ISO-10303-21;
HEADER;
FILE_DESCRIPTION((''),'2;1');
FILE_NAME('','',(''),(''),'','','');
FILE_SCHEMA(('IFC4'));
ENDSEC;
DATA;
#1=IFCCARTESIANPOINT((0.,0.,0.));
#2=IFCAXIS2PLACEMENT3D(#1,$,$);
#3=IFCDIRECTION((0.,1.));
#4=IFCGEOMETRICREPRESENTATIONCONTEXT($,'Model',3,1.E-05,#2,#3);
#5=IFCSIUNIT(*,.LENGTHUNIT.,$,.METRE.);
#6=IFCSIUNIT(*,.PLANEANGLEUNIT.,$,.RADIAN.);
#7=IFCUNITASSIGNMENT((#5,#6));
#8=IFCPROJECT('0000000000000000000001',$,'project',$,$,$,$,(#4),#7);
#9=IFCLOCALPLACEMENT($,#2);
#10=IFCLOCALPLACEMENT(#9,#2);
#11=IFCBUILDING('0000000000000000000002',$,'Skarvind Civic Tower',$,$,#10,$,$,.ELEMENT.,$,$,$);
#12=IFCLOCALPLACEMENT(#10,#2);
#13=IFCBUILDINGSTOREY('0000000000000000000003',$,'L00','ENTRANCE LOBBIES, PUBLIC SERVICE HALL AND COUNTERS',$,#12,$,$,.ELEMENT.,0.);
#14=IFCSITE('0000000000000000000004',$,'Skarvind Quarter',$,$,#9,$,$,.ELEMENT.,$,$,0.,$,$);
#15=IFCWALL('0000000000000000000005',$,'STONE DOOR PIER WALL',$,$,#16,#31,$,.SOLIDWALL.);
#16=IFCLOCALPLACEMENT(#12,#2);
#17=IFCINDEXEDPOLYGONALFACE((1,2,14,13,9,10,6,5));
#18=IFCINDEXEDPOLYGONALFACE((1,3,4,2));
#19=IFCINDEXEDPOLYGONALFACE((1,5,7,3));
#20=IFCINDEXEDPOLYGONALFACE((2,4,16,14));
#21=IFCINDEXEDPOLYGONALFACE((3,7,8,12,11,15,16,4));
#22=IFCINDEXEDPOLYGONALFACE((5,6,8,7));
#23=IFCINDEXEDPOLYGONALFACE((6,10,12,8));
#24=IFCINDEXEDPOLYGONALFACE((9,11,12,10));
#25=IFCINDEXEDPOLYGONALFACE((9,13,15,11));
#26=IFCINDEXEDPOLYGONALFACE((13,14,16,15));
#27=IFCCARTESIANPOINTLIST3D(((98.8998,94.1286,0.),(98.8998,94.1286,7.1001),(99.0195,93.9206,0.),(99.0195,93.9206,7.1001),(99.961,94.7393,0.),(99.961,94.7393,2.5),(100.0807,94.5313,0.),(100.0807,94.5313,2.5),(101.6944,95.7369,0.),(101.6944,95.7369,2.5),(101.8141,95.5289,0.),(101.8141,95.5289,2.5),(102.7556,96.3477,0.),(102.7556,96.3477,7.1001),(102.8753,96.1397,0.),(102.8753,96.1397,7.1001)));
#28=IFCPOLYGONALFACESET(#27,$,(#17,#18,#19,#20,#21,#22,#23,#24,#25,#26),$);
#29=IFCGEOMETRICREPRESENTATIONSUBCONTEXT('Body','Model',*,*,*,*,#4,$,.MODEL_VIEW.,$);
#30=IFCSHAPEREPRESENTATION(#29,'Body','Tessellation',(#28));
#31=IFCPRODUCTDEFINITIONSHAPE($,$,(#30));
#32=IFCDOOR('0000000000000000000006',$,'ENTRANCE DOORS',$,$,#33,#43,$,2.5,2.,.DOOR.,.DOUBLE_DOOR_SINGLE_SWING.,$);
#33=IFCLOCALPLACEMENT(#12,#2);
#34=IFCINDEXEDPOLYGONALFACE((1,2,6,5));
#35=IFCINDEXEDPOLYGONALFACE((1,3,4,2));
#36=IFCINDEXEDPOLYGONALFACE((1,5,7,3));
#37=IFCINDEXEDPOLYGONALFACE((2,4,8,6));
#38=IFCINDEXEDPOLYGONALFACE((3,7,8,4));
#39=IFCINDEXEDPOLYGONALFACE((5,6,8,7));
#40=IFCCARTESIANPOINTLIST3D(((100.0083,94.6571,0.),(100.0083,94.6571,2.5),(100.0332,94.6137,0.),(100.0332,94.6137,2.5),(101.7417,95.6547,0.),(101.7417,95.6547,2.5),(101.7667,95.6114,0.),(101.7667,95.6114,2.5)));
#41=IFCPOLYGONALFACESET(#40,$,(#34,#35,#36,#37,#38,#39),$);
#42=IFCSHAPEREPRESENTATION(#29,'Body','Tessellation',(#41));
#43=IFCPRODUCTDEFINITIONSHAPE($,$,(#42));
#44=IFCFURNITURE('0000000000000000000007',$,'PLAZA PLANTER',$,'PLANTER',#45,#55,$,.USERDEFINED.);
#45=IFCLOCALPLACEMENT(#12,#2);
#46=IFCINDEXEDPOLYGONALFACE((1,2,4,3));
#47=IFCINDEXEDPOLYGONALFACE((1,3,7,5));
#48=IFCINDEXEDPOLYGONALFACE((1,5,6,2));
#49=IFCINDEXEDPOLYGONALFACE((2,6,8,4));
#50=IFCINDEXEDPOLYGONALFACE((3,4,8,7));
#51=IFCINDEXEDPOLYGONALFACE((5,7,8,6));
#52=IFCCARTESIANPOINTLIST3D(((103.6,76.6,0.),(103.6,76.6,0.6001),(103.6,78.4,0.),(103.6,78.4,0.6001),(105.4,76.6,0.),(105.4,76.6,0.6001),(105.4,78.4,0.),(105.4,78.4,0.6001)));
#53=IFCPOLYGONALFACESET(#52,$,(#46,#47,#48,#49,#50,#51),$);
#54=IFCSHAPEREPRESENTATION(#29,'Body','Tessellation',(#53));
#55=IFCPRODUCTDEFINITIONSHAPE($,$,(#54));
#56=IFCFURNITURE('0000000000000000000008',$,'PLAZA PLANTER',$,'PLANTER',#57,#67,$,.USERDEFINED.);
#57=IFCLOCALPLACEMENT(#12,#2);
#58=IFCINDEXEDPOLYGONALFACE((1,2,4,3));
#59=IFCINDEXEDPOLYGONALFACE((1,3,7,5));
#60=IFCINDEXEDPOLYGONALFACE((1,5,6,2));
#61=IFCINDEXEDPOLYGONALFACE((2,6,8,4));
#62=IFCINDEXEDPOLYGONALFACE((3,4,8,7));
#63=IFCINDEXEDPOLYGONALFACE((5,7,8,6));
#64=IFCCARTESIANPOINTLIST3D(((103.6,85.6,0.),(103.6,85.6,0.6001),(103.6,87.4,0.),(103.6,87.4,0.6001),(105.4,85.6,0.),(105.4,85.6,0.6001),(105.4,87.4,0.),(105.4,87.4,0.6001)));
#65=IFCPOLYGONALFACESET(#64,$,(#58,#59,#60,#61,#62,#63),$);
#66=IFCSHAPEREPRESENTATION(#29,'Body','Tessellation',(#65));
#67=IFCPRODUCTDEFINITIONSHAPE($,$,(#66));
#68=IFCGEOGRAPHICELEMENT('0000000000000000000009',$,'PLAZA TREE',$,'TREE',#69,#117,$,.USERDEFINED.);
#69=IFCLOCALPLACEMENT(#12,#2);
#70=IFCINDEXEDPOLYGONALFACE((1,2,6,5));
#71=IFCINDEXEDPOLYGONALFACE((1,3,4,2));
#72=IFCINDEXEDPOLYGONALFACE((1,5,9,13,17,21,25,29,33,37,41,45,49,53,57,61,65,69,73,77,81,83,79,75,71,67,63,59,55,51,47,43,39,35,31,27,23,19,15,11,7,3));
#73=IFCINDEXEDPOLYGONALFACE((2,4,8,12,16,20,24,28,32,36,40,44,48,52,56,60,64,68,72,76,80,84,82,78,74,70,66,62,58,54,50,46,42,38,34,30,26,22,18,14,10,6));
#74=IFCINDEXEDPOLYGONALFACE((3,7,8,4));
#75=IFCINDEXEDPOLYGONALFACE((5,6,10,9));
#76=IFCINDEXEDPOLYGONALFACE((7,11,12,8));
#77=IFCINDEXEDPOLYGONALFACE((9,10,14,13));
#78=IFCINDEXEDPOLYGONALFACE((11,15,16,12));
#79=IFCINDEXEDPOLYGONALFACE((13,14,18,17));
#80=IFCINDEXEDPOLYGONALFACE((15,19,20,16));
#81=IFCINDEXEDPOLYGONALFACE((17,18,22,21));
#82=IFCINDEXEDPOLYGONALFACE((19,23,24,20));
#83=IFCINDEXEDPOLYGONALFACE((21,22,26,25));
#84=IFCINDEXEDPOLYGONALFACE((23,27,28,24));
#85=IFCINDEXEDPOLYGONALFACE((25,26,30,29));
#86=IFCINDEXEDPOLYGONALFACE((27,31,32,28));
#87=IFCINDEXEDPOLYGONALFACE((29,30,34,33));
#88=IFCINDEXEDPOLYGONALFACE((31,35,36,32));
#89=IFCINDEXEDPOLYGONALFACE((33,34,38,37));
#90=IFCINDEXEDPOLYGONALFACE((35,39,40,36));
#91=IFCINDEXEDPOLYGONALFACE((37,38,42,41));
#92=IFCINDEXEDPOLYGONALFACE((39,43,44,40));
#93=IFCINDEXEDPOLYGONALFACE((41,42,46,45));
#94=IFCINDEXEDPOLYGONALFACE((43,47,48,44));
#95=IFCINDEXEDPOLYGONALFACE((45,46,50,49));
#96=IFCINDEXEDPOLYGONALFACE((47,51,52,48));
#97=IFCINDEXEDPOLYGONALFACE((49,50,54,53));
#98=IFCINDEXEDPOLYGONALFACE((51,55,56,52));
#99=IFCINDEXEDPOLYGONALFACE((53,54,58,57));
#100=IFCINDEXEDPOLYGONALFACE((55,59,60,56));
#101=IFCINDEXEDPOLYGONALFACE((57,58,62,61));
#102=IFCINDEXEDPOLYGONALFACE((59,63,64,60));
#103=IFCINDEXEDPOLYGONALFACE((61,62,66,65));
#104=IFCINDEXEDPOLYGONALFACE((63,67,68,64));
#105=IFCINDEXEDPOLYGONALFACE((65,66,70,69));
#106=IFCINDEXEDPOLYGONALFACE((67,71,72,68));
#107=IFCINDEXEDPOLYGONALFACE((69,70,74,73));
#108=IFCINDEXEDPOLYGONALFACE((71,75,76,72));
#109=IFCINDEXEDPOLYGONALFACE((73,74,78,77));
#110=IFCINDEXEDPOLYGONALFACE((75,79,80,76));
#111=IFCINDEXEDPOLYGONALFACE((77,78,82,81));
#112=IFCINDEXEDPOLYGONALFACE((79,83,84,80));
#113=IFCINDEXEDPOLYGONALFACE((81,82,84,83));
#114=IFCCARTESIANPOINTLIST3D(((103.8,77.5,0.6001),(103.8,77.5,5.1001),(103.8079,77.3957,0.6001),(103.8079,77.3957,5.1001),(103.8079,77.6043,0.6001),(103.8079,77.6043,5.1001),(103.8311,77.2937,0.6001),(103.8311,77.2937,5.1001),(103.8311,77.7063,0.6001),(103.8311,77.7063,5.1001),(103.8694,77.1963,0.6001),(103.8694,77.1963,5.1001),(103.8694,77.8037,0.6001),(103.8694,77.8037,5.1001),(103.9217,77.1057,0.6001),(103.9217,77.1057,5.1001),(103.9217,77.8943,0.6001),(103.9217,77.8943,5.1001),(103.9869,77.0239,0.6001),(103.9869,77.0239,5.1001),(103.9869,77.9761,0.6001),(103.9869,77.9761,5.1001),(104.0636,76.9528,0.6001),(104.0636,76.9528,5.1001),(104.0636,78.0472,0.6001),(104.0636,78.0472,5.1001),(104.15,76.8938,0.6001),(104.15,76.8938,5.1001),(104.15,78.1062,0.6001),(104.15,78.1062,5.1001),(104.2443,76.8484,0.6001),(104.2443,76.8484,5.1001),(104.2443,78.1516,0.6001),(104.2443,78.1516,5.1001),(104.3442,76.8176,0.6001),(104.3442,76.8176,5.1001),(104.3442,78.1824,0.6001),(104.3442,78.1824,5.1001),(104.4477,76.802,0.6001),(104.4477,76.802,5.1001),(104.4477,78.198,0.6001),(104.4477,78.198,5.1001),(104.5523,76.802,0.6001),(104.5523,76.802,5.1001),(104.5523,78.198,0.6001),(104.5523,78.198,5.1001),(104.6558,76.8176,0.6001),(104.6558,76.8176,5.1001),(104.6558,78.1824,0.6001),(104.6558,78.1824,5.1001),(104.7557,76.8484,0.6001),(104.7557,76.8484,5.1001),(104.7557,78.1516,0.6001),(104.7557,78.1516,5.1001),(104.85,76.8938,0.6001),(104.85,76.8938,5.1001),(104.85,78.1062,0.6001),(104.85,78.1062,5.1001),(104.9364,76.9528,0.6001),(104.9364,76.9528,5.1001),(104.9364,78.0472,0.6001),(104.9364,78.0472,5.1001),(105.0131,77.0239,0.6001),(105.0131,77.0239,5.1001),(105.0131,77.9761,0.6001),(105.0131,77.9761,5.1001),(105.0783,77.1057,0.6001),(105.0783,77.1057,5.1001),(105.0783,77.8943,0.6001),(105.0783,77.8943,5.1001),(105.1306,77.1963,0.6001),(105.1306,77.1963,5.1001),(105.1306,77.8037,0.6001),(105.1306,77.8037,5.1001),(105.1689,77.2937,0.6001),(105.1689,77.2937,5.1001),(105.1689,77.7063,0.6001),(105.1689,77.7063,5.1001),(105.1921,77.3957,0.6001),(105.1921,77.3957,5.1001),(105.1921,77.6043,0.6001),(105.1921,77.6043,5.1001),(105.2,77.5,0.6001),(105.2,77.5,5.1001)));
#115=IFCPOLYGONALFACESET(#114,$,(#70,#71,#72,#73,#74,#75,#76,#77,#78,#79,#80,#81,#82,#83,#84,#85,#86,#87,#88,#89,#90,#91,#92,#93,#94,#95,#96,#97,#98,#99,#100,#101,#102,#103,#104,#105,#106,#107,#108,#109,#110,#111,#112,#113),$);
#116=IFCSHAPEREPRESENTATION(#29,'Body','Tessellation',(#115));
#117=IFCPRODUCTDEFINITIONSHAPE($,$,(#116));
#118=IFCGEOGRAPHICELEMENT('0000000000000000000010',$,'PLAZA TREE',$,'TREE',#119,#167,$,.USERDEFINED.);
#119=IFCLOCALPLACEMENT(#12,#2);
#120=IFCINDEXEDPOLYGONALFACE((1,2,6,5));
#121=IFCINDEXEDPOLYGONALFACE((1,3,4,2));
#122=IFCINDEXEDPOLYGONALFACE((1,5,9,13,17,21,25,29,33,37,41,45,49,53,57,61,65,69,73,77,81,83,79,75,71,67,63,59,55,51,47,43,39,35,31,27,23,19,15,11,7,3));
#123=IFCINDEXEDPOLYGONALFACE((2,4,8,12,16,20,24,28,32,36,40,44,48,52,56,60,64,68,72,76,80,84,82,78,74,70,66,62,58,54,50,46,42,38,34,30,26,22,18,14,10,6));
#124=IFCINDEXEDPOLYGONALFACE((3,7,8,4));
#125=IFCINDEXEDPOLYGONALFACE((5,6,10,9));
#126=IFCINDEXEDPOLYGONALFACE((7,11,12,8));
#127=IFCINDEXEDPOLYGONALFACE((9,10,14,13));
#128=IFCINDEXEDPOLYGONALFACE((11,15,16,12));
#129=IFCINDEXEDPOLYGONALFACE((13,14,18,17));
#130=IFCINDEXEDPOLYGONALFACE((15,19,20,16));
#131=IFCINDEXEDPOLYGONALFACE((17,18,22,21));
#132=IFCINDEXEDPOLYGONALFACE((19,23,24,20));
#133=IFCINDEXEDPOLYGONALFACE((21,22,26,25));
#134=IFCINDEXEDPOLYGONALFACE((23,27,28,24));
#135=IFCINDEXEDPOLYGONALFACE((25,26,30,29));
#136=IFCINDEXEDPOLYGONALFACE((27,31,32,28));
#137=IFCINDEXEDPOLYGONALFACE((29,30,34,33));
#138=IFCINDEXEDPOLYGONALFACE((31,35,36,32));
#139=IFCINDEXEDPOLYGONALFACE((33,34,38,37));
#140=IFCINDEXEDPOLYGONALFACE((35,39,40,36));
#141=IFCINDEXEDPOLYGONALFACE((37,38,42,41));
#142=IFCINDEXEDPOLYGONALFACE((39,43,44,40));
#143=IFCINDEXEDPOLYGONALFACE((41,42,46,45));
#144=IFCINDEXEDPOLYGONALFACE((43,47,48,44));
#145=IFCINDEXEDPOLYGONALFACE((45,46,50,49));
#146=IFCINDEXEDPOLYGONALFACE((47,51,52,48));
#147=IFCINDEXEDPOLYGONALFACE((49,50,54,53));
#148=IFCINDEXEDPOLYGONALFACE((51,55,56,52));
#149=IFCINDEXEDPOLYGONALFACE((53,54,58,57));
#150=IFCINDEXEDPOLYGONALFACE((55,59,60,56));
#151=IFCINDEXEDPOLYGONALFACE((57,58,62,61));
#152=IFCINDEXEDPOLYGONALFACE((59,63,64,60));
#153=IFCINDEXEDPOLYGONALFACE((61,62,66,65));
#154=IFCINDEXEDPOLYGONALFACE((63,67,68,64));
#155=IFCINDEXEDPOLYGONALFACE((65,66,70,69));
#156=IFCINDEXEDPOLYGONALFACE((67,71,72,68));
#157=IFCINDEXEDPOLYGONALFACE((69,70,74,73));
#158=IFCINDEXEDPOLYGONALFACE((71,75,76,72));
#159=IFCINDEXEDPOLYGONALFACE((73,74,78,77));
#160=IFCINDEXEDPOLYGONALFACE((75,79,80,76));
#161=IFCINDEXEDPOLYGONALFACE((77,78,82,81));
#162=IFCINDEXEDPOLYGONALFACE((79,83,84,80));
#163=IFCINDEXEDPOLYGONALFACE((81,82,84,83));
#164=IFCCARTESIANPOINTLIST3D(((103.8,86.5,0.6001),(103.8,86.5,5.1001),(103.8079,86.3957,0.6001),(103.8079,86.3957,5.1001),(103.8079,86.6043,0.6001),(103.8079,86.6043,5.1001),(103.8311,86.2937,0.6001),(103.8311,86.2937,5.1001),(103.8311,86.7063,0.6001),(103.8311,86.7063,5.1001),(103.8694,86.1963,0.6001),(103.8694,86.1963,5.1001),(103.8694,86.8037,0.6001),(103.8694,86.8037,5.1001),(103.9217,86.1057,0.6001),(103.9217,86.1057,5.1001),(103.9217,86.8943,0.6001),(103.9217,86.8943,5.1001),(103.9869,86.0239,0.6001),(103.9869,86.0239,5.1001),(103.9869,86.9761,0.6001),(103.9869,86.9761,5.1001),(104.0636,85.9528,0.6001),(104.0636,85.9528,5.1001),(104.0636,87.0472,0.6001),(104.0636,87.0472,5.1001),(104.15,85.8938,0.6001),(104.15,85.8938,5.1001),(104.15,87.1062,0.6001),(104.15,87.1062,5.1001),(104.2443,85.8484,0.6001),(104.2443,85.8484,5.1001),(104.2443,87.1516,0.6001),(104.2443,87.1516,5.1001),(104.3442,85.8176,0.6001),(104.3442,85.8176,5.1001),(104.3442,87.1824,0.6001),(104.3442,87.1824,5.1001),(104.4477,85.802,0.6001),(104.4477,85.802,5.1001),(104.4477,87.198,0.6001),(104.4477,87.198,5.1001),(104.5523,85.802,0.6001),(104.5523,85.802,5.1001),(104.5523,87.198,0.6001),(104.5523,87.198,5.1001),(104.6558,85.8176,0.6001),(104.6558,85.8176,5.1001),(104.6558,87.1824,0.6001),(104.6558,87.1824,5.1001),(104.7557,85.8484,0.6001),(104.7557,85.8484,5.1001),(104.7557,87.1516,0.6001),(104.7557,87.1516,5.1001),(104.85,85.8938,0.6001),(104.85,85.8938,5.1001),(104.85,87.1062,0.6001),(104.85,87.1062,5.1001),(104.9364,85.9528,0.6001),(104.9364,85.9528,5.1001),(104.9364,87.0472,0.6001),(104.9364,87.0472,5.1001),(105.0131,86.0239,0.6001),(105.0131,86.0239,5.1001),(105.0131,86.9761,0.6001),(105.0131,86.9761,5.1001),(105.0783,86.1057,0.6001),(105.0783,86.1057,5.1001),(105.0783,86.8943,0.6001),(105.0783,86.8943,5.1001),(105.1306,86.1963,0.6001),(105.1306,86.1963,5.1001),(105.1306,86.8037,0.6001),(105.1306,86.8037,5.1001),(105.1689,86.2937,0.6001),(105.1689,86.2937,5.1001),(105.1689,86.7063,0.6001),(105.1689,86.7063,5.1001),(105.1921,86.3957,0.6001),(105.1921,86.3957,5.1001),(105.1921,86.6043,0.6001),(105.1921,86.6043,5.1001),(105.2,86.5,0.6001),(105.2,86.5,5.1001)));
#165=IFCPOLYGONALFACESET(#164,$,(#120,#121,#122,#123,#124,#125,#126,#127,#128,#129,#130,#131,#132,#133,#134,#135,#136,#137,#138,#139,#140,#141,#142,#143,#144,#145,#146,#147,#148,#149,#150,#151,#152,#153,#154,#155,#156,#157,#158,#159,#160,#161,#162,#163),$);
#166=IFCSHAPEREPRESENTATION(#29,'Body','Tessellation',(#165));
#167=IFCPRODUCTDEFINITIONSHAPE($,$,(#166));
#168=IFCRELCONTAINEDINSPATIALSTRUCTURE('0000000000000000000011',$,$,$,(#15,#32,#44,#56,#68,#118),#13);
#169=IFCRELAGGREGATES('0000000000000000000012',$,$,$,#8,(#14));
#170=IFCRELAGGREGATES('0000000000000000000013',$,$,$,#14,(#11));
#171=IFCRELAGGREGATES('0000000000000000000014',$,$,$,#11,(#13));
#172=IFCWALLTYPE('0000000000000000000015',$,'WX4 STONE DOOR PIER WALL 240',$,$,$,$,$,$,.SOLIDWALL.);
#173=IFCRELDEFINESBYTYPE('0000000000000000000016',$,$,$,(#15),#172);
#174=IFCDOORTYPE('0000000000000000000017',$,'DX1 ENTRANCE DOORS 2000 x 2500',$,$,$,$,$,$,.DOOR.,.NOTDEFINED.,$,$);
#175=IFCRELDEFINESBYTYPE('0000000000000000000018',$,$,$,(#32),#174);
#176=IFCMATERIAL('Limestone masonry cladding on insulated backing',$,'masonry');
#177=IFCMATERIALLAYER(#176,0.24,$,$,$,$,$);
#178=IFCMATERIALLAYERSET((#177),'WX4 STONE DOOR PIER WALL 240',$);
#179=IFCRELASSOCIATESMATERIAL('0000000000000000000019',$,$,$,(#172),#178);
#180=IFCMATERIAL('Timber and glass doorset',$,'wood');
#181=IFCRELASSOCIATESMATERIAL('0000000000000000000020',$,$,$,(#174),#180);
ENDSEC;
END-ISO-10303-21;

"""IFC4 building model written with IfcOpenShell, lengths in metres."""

from ifc_helpers import new_model, si_unit, direction, frame, frame_2d, origin, origin_2d, place, context, subcontext, project, spatial, rectangle, circle, extrude, material, layer, layer_set, type_object, element, fill, save


model = new_model("IFC4")

# Units and contexts
model_context = context("Model", 3, precision=1e-05, world=origin(), true_north=direction((0.0, 1.0)))
body_context = subcontext(model_context, "Body", "Model", "MODEL_VIEW")
ifc_project = project(units=[si_unit("LENGTHUNIT", "METRE"), si_unit("PLANEANGLEUNIT", "RADIAN")], contexts=[model_context])

# Site, building, storey
site_placement = place(None, origin())
site = spatial("IfcSite", under=ifc_project, at=site_placement, Name="Skarvind Quarter", CompositionType="ELEMENT", RefElevation=0.0)
building_placement = place(site_placement, origin())
building = spatial("IfcBuilding", under=site, at=building_placement, Name="Skarvind Civic Tower", CompositionType="ELEMENT")
storey_placement = place(building_placement, origin())
storey = spatial("IfcBuildingStorey", under=building, at=storey_placement, Name="L00", Description="ENTRANCE LOBBIES, PUBLIC SERVICE HALL AND COUNTERS", CompositionType="ELEMENT", Elevation=0.0)

# Wall, opening, door
ifc_material_1 = material(Name="Limestone masonry cladding on insulated backing", Category="masonry")
ifc_layer_1 = layer(ifc_material_1, 0.24)
ifc_layer_set_1 = layer_set([ifc_layer_1], Name="WX4 STONE DOOR PIER WALL 240")
wall_type = type_object("IfcWallType", Name="WX4 STONE DOOR PIER WALL 240", PredefinedType="SOLIDWALL", material=ifc_layer_set_1)
wall_placement = place(storey_placement, frame((102.8154, 96.2437, 0.0), z_axis=(0.0, 0.0, 1.0), x_axis=(-0.866716, -0.498802, 0.0)))
wall = element("IfcWall", 1, at=wall_placement, inside=storey, type_object=wall_type, Name="STONE DOOR PIER WALL", PredefinedType="SOLIDWALL", context=body_context, shape_type="SweptSolid", body=[
    extrude(rectangle(XDim=4.4487, YDim=0.24, at=frame_2d((2.2244, 0.0))), origin(), (0.0, 0.0, 1.0), 7.1001),
])
opening_placement = place(wall_placement, frame((1.2244, 0.0, 0.0)))
opening = element("IfcOpeningElement", 2, at=opening_placement, cuts=wall, PredefinedType="OPENING", context=body_context, shape_type="SweptSolid", body=[
    extrude(rectangle(XDim=2.0, YDim=2.5, at=frame_2d((1.0, 1.25))), frame((0.0, 0.1299, 0.0), z_axis=(0.0, -1.0, 0.0), x_axis=(1.0, 0.0, 0.0)), (0.0, 0.0, 1.0), 0.26),
])
ifc_material_2 = material(Name="Timber and glass doorset", Category="wood")
door_type = type_object("IfcDoorType", Name="DX1 ENTRANCE DOORS 2000 x 2500", OperationType="NOTDEFINED", PredefinedType="DOOR", material=ifc_material_2)
door_placement = place(opening_placement, origin())
door = element("IfcDoor", 3, at=door_placement, inside=storey, type_object=door_type, Name="ENTRANCE DOORS", OperationType="DOUBLE_DOOR_SINGLE_SWING", OverallHeight=2.5, OverallWidth=2.0, PredefinedType="DOOR", context=body_context, shape_type="SweptSolid", body=[
    extrude(rectangle(XDim=2.0, YDim=2.5, at=frame_2d((1.0, 1.25))), frame((0.0, 0.0249, 0.0), z_axis=(0.0, -1.0, 0.0), x_axis=(1.0, 0.0, 0.0)), (0.0, 0.0, 1.0), 0.05),
])
fill(opening, door)

# Furniture
for number, where, z_axis, x_axis, name in (
    (4, (104.5, 77.5, 0.0), (0.0, 0.0, 1.0), (1.0, 0.0, 0.0), "PLAZA PLANTER"),
    (5, (104.5, 86.5, 0.0), (0.0, 0.0, 1.0), (1.0, 0.0, 0.0), "PLAZA PLANTER"),
):
    element("IfcFurniture", number, at=place(storey_placement, frame(where, z_axis=z_axis, x_axis=x_axis)), inside=storey, Name=name, ObjectType="PLANTER", PredefinedType="USERDEFINED", context=body_context, shape_type="SweptSolid", body=[
        extrude(rectangle(XDim=1.8, YDim=1.8, at=origin_2d()), origin(), (0.0, 0.0, 1.0), 0.6001),
    ])

# Geographic elements
for number, where, z_axis, x_axis, name in (
    (6, (104.5, 77.5, 0.6001), (0.0, 0.0, 1.0), (1.0, 0.0, 0.0), "PLAZA TREE"),
    (7, (104.5, 86.5, 0.6001), (0.0, 0.0, 1.0), (1.0, 0.0, 0.0), "PLAZA TREE"),
):
    element("IfcGeographicElement", number, at=place(storey_placement, frame(where, z_axis=z_axis, x_axis=x_axis)), inside=storey, Name=name, ObjectType="TREE", PredefinedType="USERDEFINED", context=body_context, shape_type="SweptSolid", body=[
        extrude(circle(Radius=0.7, at=origin_2d()), origin(), (0.0, 0.0, 1.0), 4.5),
    ])

save(model, "model.ifc")
